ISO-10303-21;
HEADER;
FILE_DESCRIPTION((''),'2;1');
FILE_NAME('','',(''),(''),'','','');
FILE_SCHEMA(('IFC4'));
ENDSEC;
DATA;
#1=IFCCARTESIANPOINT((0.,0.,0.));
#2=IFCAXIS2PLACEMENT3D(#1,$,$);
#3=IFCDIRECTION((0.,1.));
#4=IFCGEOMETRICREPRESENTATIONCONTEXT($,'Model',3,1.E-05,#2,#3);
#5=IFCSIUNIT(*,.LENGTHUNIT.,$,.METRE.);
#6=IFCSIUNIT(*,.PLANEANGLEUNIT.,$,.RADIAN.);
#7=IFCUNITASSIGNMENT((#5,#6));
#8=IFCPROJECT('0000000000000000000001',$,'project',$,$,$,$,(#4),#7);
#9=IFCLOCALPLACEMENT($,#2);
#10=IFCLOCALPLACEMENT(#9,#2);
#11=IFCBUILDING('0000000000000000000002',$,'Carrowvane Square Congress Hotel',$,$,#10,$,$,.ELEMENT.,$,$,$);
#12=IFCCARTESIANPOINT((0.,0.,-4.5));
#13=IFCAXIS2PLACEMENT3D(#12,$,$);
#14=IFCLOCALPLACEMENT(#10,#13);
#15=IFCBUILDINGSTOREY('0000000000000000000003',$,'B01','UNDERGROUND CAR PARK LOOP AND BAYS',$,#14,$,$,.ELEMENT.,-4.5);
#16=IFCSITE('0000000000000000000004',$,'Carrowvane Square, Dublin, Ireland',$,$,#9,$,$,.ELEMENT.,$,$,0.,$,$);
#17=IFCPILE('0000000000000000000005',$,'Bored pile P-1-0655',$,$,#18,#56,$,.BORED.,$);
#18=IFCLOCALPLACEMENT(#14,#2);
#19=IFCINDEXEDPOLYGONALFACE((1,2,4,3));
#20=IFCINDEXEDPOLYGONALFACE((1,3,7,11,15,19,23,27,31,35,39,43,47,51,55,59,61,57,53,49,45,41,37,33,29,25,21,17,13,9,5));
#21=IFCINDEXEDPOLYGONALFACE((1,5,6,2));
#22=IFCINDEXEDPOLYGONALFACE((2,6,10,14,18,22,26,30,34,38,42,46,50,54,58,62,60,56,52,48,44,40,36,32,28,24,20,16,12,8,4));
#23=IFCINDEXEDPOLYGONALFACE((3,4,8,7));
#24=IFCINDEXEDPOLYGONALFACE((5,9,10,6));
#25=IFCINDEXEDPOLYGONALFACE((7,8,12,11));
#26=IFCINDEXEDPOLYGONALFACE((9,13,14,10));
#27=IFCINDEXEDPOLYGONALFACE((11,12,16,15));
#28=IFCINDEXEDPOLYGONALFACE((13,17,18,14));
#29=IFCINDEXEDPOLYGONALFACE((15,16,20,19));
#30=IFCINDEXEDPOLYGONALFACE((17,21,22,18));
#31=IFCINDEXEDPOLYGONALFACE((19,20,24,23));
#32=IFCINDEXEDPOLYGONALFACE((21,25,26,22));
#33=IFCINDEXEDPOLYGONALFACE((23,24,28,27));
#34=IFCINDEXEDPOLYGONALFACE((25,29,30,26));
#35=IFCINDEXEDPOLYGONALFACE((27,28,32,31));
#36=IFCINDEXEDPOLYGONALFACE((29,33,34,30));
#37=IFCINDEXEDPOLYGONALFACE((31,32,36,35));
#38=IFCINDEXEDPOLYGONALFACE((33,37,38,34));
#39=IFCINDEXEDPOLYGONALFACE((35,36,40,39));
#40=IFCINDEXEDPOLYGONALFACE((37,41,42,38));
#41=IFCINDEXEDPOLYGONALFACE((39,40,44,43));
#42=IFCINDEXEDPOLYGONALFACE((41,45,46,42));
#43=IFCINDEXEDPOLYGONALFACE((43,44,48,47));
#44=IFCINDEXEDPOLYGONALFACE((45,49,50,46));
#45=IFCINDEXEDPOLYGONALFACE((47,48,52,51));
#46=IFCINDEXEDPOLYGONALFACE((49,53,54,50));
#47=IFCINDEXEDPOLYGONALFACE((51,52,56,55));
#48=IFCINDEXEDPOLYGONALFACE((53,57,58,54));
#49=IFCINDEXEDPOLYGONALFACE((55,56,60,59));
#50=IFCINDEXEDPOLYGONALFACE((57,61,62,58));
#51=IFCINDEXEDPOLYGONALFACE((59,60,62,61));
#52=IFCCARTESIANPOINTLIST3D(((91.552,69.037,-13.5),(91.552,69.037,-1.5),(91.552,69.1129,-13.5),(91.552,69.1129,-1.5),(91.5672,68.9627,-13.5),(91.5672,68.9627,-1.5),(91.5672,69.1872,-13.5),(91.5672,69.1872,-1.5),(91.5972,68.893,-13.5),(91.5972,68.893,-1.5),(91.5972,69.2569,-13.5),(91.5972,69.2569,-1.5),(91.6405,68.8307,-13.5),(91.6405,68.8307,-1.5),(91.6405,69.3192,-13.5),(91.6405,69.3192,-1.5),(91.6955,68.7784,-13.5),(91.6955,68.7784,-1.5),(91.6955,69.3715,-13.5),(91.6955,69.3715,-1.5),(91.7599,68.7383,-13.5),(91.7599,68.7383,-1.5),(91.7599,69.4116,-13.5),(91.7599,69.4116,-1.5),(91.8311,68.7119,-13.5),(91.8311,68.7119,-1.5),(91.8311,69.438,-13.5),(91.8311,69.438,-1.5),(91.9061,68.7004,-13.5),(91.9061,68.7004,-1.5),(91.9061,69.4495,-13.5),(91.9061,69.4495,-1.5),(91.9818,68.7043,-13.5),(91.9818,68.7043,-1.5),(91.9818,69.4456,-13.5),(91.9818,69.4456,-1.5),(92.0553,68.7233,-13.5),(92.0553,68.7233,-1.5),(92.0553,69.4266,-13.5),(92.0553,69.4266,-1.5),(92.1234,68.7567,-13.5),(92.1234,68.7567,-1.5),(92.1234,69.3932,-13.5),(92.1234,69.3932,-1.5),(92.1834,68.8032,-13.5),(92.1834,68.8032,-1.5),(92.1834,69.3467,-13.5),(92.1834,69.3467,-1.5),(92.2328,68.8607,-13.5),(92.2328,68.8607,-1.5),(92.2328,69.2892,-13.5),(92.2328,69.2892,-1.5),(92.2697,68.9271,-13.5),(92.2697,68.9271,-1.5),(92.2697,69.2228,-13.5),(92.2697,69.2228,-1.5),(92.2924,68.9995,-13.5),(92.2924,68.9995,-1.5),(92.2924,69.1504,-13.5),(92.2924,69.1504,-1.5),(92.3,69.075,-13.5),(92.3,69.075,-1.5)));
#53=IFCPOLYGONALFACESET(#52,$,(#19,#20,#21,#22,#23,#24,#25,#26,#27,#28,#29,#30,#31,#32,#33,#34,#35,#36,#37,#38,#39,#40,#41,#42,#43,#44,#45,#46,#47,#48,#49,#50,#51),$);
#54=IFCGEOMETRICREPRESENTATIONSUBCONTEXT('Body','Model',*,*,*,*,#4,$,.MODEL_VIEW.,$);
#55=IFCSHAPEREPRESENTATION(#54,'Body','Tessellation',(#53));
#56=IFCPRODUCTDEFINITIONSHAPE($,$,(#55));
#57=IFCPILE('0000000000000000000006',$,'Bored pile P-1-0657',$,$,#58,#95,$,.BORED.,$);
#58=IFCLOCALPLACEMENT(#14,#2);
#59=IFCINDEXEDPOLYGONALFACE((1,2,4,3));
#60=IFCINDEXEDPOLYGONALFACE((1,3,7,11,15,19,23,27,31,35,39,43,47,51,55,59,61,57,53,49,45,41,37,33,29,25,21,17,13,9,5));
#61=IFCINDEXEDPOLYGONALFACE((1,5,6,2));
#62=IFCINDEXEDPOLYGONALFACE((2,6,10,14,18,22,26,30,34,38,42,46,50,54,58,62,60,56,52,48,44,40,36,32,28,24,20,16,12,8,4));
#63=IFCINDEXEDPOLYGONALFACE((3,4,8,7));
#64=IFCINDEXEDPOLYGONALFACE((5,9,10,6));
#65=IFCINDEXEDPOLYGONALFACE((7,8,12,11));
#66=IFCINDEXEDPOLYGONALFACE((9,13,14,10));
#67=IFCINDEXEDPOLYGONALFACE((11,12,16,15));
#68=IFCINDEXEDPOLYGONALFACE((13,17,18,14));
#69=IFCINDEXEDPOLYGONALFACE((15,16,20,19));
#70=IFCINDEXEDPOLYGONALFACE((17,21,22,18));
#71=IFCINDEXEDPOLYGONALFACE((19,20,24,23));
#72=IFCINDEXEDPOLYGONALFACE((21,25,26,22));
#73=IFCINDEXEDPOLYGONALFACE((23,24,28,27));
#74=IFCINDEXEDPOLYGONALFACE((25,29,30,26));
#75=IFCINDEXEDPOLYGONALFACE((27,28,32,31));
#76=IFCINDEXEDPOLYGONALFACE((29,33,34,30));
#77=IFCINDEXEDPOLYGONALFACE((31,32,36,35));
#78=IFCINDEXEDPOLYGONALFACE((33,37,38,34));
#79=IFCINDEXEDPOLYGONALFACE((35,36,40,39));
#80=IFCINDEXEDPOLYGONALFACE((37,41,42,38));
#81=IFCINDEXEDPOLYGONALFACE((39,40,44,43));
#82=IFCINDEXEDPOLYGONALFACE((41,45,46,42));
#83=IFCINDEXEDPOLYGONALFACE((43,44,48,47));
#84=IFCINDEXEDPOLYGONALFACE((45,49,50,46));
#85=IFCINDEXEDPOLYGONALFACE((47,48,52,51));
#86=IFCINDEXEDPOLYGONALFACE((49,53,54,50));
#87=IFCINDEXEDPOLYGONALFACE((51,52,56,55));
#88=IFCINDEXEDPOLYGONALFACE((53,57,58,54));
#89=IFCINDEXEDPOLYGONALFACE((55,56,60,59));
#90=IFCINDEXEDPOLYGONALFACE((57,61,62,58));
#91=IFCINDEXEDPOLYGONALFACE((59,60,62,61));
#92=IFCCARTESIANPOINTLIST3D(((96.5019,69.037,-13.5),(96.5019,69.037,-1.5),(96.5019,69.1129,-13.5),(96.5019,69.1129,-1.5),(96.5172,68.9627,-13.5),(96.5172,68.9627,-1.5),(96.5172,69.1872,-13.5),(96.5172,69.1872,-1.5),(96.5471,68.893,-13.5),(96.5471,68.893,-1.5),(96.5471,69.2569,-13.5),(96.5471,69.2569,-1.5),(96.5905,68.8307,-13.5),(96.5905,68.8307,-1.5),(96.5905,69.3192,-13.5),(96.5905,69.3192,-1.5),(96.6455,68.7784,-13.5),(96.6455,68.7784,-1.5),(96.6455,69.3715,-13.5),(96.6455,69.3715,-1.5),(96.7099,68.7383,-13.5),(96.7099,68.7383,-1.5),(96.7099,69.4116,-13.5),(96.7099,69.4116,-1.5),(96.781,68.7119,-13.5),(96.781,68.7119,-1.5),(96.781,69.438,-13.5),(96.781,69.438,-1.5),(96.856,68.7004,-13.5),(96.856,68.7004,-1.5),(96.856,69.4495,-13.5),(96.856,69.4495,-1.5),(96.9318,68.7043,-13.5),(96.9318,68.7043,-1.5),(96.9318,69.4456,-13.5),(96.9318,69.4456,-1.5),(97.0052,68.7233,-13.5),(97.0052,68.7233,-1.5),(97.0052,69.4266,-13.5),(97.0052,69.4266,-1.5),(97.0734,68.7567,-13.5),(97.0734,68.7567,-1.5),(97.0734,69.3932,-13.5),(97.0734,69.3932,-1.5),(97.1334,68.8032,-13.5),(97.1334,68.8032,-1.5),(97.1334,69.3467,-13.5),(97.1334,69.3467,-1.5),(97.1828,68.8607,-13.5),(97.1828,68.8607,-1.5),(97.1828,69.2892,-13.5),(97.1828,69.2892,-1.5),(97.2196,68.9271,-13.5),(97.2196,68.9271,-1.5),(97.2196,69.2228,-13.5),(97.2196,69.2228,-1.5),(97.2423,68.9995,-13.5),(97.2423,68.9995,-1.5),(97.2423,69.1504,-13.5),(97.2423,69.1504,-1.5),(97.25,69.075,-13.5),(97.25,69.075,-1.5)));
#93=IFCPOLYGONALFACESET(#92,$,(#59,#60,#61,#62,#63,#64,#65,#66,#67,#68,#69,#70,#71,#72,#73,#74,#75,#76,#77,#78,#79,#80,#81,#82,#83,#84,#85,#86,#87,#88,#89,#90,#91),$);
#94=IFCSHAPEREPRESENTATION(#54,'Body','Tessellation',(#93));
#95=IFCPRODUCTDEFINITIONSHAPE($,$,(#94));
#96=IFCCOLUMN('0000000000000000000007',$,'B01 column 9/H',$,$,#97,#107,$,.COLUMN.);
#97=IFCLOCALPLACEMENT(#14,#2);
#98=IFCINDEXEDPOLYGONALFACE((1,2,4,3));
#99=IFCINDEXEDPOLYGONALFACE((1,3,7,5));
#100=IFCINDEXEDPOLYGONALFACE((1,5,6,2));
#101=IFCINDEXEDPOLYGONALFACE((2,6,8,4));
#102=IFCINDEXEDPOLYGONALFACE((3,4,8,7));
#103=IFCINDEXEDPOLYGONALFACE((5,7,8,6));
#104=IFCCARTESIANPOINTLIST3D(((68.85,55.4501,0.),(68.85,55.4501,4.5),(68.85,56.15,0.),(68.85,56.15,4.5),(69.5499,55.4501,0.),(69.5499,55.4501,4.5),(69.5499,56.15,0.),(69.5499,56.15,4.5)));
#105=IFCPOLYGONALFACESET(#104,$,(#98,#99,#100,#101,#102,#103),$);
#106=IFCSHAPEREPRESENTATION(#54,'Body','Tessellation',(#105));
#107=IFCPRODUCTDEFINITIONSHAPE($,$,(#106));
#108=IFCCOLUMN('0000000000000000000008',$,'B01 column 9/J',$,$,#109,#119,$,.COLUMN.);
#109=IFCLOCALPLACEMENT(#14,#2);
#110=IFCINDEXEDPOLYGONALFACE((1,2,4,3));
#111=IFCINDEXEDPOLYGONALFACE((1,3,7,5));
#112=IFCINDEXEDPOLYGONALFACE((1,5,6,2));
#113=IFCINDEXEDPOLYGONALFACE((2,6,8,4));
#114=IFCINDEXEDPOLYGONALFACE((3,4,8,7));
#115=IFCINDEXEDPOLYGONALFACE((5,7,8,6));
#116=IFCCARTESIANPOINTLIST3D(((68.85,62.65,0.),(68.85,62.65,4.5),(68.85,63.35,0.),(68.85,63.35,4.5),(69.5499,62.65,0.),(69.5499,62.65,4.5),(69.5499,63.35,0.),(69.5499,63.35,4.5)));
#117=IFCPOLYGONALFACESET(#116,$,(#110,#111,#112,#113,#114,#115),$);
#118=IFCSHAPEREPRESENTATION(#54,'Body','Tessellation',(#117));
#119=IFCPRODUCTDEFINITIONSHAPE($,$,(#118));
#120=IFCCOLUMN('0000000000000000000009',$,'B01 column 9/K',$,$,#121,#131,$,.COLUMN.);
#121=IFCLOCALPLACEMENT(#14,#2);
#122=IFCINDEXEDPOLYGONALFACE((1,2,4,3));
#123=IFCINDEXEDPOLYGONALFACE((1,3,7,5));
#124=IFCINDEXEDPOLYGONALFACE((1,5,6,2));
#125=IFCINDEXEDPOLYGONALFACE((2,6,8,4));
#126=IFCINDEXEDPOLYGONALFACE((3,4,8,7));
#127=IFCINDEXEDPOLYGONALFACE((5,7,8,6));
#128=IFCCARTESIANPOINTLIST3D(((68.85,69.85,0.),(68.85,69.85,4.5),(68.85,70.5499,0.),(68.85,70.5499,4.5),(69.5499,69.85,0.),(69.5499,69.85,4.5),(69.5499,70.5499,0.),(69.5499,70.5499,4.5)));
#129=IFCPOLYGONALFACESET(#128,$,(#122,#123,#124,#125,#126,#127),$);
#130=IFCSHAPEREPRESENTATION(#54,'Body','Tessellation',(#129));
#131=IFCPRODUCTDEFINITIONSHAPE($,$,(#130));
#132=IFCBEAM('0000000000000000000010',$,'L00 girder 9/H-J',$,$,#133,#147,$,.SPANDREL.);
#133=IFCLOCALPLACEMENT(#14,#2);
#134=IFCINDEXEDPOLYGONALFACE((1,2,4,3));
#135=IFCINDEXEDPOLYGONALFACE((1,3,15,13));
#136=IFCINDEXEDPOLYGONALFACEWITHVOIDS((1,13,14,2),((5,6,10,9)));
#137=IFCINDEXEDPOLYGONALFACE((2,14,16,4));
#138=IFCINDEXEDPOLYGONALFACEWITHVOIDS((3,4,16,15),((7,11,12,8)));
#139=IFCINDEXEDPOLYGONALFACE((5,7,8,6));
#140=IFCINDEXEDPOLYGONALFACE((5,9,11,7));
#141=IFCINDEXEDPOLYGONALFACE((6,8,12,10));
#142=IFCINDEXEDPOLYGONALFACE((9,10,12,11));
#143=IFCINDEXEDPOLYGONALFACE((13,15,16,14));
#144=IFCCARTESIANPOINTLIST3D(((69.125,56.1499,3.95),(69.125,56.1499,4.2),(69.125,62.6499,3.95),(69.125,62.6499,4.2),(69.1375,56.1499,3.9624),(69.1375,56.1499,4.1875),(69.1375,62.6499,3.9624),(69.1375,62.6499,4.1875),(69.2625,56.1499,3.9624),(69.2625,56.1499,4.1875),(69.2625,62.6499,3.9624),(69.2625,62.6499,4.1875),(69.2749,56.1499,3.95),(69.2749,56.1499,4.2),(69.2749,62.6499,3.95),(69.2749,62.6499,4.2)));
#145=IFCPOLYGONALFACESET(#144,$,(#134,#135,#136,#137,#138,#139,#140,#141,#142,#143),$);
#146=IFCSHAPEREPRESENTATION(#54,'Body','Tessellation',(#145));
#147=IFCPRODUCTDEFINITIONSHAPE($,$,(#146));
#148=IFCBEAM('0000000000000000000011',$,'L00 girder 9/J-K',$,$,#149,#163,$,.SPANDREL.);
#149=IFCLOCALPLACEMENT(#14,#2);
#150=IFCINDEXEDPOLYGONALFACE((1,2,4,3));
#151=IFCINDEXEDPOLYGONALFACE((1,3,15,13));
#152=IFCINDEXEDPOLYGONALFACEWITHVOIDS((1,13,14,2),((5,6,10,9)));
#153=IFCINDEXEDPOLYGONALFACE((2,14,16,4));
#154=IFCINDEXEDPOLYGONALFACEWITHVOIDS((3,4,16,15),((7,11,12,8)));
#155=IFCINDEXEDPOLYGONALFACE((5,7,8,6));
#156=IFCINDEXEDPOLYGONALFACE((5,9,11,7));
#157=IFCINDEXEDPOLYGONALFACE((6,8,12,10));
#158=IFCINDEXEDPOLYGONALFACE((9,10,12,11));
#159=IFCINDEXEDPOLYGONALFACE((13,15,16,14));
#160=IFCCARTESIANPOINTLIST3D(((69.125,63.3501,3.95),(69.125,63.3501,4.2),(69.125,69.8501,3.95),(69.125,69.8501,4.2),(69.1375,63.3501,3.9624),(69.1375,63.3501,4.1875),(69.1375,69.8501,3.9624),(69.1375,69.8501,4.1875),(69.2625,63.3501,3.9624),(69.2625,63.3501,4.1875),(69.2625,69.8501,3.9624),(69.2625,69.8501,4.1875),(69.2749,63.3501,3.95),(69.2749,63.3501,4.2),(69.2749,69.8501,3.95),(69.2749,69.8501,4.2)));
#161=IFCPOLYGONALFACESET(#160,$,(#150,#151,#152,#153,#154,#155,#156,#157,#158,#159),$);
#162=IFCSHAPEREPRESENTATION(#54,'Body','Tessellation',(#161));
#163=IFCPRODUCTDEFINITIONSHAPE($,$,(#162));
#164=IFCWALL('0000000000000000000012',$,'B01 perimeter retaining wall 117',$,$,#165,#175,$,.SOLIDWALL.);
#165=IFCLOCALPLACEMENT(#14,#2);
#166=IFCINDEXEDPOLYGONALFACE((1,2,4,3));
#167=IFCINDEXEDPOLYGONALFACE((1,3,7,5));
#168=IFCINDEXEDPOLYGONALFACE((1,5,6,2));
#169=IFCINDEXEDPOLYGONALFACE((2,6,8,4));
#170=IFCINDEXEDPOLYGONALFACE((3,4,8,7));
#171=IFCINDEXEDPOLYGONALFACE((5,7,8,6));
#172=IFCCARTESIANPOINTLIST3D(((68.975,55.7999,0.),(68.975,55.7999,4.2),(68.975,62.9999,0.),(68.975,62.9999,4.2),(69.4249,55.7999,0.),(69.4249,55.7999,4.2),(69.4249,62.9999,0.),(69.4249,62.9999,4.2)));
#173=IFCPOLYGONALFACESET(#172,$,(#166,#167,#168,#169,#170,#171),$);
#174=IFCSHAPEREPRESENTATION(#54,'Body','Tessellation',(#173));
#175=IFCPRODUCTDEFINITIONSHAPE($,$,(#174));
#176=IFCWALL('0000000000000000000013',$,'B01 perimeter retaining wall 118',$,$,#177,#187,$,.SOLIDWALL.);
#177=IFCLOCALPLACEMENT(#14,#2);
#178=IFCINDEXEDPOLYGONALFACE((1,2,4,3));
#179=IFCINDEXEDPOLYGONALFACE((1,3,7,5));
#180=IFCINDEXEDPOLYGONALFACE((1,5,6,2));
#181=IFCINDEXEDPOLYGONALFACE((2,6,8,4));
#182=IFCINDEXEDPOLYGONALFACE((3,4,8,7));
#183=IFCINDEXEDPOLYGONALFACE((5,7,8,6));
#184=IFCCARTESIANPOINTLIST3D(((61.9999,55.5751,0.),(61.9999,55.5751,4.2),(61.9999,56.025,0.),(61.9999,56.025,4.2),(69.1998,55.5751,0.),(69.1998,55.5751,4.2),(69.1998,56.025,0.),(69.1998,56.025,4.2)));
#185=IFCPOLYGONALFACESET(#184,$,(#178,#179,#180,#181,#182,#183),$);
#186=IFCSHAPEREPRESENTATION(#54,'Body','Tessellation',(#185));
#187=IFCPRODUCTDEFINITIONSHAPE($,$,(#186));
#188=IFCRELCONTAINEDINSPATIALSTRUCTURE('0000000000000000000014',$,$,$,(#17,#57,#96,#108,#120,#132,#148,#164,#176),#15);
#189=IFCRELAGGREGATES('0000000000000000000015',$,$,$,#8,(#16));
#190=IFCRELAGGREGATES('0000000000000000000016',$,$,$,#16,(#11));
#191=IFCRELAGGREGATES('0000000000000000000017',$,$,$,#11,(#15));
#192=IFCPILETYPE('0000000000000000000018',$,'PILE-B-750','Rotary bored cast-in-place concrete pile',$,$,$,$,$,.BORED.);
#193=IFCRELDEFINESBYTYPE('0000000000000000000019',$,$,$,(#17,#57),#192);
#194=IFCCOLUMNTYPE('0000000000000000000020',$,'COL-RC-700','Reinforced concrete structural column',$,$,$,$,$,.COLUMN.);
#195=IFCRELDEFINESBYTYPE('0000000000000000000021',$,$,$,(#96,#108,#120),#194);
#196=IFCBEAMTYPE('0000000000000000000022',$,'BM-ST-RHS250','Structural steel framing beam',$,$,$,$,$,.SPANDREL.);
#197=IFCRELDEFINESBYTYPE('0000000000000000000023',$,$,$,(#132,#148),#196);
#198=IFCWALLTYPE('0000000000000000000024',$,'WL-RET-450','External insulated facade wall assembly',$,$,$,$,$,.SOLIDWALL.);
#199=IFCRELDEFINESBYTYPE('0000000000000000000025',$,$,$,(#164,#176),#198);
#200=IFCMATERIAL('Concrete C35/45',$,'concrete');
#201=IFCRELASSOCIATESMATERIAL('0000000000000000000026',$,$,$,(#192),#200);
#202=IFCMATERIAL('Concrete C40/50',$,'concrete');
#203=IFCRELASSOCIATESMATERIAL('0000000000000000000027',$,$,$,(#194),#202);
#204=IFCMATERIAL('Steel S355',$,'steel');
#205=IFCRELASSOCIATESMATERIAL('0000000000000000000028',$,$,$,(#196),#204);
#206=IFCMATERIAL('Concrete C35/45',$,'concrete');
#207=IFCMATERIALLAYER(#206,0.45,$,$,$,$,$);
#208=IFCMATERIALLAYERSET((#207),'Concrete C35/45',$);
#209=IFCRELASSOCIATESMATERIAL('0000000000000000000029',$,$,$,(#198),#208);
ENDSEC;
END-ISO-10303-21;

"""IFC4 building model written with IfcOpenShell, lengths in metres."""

from ifc_helpers import new_model, si_unit, direction, frame, frame_2d, origin, origin_2d, place, context, subcontext, project, spatial, rectangle, hollow_rectangle, circle, extrude, material, layer, layer_set, material_profile, profile_set, type_object, element, save


model = new_model("IFC4")

# Units and contexts
model_context = context("Model", 3, precision=1e-05, world=origin(), true_north=direction((0.0, 1.0)))
body_context = subcontext(model_context, "Body", "Model", "MODEL_VIEW")
ifc_project = project(units=[si_unit("LENGTHUNIT", "METRE"), si_unit("PLANEANGLEUNIT", "RADIAN")], contexts=[model_context])

# Site, building, storey
site_placement = place(None, origin())
site = spatial("IfcSite", under=ifc_project, at=site_placement, Name="Carrowvane Square, Dublin, Ireland", CompositionType="ELEMENT", RefElevation=0.0)
building_placement = place(site_placement, origin())
building = spatial("IfcBuilding", under=site, at=building_placement, Name="Carrowvane Square Congress Hotel", CompositionType="ELEMENT")
storey_placement = place(building_placement, frame((0.0, 0.0, -4.5)))
storey = spatial("IfcBuildingStorey", under=building, at=storey_placement, Name="B01", Description="UNDERGROUND CAR PARK LOOP AND BAYS", CompositionType="ELEMENT", Elevation=-4.5)

# Piles
ifc_material_1 = material(Name="Concrete C35/45", Category="concrete")
ifc_material_profile_1 = material_profile(ifc_material_1, circle(Radius=0.375, at=origin_2d()), Name="PILE D750")
ifc_profile_set_1 = profile_set([ifc_material_profile_1], Name="Concrete C35/45")
pile_type = type_object("IfcPileType", Name="PILE-B-750", Description="Rotary bored cast-in-place concrete pile", PredefinedType="BORED", material=ifc_profile_set_1)
for number, where, z_axis, x_axis, name in (
    (1, (91.925, 69.075, -1.5), (0.0, 0.0, -1.0), (1.0, 0.0, 0.0), "Bored pile P-1-0655"),
    (2, (96.875, 69.075, -1.5), (0.0, 0.0, -1.0), (1.0, 0.0, 0.0), "Bored pile P-1-0657"),
):
    element("IfcPile", number, at=place(storey_placement, frame(where, z_axis=z_axis, x_axis=x_axis)), inside=storey, type_object=pile_type, Name=name, PredefinedType="BORED", context=body_context, shape_type="SweptSolid", body=[
        extrude(circle(Radius=0.375, at=origin_2d()), origin(), (0.0, 0.0, 1.0), 12.0),
    ])

# Columns
ifc_material_2 = material(Name="Concrete C40/50", Category="concrete")
ifc_material_profile_2 = material_profile(ifc_material_2, rectangle(XDim=0.7, YDim=0.7, at=origin_2d()), Name="RC 700x700")
ifc_profile_set_2 = profile_set([ifc_material_profile_2], Name="Concrete C40/50")
column_type = type_object("IfcColumnType", Name="COL-RC-700", Description="Reinforced concrete structural column", PredefinedType="COLUMN", material=ifc_profile_set_2)
for number, where, z_axis, x_axis, name in (
    (3, (69.2, 55.8, 0.0), (0.0, 0.0, 1.0), (1.0, 0.0, 0.0), "B01 column 9/H"),
    (4, (69.2, 63.0, 0.0), (0.0, 0.0, 1.0), (1.0, 0.0, 0.0), "B01 column 9/J"),
    (5, (69.2, 70.2, 0.0), (0.0, 0.0, 1.0), (1.0, 0.0, 0.0), "B01 column 9/K"),
):
    element("IfcColumn", number, at=place(storey_placement, frame(where, z_axis=z_axis, x_axis=x_axis)), inside=storey, type_object=column_type, Name=name, PredefinedType="COLUMN", context=body_context, shape_type="SweptSolid", body=[
        extrude(rectangle(XDim=0.7, YDim=0.7, at=origin_2d()), origin(), (0.0, 0.0, 1.0), 4.5),
    ])

# Beams
ifc_material_3 = material(Name="Steel S355", Category="steel")
ifc_material_profile_3 = material_profile(ifc_material_3, hollow_rectangle(XDim=0.1499, YDim=0.25, WallThickness=0.0125, at=origin_2d()), Name="RHS 250x150x12.5")
ifc_profile_set_3 = profile_set([ifc_material_profile_3], Name="Steel S355")
beam_type = type_object("IfcBeamType", Name="BM-ST-RHS250", Description="Structural steel framing beam", PredefinedType="SPANDREL", material=ifc_profile_set_3)
for number, where, z_axis, x_axis, name in (
    (6, (69.2, 56.1499, 4.075), (0.0, 1.0, 0.0), (-1.0, 0.0, 0.0), "L00 girder 9/H-J"),
    (7, (69.2, 63.3501, 4.075), (0.0, 1.0, 0.0), (-1.0, 0.0, 0.0), "L00 girder 9/J-K"),
):
    element("IfcBeam", number, at=place(storey_placement, frame(where, z_axis=z_axis, x_axis=x_axis)), inside=storey, type_object=beam_type, Name=name, PredefinedType="SPANDREL", context=body_context, shape_type="SweptSolid", body=[
        extrude(hollow_rectangle(XDim=0.1499, YDim=0.25, WallThickness=0.0125, at=origin_2d()), origin(), (0.0, 0.0, 1.0), 6.5),
    ])

# Walls
ifc_material_4 = material(Name="Concrete C35/45", Category="concrete")
ifc_layer = layer(ifc_material_4, 0.45)
ifc_layer_set = layer_set([ifc_layer], Name="Concrete C35/45")
wall_type = type_object("IfcWallType", Name="WL-RET-450", Description="External insulated facade wall assembly", PredefinedType="SOLIDWALL", material=ifc_layer_set)
for number, where, z_axis, x_axis, name in (
    (8, (69.2, 63.0, 0.0), (0.0, 0.0, 1.0), (0.0, -1.0, 0.0), "B01 perimeter retaining wall 117"),
    (9, (69.2, 55.8, 0.0), (0.0, 0.0, 1.0), (-1.0, 0.0, 0.0), "B01 perimeter retaining wall 118"),
):
    element("IfcWall", number, at=place(storey_placement, frame(where, z_axis=z_axis, x_axis=x_axis)), inside=storey, type_object=wall_type, Name=name, PredefinedType="SOLIDWALL", context=body_context, shape_type="SweptSolid", body=[
        extrude(rectangle(XDim=7.2, YDim=0.45, at=frame_2d((3.6001, 0.0))), origin(), (0.0, 0.0, 1.0), 4.2),
    ])

save(model, "model.ifc")
